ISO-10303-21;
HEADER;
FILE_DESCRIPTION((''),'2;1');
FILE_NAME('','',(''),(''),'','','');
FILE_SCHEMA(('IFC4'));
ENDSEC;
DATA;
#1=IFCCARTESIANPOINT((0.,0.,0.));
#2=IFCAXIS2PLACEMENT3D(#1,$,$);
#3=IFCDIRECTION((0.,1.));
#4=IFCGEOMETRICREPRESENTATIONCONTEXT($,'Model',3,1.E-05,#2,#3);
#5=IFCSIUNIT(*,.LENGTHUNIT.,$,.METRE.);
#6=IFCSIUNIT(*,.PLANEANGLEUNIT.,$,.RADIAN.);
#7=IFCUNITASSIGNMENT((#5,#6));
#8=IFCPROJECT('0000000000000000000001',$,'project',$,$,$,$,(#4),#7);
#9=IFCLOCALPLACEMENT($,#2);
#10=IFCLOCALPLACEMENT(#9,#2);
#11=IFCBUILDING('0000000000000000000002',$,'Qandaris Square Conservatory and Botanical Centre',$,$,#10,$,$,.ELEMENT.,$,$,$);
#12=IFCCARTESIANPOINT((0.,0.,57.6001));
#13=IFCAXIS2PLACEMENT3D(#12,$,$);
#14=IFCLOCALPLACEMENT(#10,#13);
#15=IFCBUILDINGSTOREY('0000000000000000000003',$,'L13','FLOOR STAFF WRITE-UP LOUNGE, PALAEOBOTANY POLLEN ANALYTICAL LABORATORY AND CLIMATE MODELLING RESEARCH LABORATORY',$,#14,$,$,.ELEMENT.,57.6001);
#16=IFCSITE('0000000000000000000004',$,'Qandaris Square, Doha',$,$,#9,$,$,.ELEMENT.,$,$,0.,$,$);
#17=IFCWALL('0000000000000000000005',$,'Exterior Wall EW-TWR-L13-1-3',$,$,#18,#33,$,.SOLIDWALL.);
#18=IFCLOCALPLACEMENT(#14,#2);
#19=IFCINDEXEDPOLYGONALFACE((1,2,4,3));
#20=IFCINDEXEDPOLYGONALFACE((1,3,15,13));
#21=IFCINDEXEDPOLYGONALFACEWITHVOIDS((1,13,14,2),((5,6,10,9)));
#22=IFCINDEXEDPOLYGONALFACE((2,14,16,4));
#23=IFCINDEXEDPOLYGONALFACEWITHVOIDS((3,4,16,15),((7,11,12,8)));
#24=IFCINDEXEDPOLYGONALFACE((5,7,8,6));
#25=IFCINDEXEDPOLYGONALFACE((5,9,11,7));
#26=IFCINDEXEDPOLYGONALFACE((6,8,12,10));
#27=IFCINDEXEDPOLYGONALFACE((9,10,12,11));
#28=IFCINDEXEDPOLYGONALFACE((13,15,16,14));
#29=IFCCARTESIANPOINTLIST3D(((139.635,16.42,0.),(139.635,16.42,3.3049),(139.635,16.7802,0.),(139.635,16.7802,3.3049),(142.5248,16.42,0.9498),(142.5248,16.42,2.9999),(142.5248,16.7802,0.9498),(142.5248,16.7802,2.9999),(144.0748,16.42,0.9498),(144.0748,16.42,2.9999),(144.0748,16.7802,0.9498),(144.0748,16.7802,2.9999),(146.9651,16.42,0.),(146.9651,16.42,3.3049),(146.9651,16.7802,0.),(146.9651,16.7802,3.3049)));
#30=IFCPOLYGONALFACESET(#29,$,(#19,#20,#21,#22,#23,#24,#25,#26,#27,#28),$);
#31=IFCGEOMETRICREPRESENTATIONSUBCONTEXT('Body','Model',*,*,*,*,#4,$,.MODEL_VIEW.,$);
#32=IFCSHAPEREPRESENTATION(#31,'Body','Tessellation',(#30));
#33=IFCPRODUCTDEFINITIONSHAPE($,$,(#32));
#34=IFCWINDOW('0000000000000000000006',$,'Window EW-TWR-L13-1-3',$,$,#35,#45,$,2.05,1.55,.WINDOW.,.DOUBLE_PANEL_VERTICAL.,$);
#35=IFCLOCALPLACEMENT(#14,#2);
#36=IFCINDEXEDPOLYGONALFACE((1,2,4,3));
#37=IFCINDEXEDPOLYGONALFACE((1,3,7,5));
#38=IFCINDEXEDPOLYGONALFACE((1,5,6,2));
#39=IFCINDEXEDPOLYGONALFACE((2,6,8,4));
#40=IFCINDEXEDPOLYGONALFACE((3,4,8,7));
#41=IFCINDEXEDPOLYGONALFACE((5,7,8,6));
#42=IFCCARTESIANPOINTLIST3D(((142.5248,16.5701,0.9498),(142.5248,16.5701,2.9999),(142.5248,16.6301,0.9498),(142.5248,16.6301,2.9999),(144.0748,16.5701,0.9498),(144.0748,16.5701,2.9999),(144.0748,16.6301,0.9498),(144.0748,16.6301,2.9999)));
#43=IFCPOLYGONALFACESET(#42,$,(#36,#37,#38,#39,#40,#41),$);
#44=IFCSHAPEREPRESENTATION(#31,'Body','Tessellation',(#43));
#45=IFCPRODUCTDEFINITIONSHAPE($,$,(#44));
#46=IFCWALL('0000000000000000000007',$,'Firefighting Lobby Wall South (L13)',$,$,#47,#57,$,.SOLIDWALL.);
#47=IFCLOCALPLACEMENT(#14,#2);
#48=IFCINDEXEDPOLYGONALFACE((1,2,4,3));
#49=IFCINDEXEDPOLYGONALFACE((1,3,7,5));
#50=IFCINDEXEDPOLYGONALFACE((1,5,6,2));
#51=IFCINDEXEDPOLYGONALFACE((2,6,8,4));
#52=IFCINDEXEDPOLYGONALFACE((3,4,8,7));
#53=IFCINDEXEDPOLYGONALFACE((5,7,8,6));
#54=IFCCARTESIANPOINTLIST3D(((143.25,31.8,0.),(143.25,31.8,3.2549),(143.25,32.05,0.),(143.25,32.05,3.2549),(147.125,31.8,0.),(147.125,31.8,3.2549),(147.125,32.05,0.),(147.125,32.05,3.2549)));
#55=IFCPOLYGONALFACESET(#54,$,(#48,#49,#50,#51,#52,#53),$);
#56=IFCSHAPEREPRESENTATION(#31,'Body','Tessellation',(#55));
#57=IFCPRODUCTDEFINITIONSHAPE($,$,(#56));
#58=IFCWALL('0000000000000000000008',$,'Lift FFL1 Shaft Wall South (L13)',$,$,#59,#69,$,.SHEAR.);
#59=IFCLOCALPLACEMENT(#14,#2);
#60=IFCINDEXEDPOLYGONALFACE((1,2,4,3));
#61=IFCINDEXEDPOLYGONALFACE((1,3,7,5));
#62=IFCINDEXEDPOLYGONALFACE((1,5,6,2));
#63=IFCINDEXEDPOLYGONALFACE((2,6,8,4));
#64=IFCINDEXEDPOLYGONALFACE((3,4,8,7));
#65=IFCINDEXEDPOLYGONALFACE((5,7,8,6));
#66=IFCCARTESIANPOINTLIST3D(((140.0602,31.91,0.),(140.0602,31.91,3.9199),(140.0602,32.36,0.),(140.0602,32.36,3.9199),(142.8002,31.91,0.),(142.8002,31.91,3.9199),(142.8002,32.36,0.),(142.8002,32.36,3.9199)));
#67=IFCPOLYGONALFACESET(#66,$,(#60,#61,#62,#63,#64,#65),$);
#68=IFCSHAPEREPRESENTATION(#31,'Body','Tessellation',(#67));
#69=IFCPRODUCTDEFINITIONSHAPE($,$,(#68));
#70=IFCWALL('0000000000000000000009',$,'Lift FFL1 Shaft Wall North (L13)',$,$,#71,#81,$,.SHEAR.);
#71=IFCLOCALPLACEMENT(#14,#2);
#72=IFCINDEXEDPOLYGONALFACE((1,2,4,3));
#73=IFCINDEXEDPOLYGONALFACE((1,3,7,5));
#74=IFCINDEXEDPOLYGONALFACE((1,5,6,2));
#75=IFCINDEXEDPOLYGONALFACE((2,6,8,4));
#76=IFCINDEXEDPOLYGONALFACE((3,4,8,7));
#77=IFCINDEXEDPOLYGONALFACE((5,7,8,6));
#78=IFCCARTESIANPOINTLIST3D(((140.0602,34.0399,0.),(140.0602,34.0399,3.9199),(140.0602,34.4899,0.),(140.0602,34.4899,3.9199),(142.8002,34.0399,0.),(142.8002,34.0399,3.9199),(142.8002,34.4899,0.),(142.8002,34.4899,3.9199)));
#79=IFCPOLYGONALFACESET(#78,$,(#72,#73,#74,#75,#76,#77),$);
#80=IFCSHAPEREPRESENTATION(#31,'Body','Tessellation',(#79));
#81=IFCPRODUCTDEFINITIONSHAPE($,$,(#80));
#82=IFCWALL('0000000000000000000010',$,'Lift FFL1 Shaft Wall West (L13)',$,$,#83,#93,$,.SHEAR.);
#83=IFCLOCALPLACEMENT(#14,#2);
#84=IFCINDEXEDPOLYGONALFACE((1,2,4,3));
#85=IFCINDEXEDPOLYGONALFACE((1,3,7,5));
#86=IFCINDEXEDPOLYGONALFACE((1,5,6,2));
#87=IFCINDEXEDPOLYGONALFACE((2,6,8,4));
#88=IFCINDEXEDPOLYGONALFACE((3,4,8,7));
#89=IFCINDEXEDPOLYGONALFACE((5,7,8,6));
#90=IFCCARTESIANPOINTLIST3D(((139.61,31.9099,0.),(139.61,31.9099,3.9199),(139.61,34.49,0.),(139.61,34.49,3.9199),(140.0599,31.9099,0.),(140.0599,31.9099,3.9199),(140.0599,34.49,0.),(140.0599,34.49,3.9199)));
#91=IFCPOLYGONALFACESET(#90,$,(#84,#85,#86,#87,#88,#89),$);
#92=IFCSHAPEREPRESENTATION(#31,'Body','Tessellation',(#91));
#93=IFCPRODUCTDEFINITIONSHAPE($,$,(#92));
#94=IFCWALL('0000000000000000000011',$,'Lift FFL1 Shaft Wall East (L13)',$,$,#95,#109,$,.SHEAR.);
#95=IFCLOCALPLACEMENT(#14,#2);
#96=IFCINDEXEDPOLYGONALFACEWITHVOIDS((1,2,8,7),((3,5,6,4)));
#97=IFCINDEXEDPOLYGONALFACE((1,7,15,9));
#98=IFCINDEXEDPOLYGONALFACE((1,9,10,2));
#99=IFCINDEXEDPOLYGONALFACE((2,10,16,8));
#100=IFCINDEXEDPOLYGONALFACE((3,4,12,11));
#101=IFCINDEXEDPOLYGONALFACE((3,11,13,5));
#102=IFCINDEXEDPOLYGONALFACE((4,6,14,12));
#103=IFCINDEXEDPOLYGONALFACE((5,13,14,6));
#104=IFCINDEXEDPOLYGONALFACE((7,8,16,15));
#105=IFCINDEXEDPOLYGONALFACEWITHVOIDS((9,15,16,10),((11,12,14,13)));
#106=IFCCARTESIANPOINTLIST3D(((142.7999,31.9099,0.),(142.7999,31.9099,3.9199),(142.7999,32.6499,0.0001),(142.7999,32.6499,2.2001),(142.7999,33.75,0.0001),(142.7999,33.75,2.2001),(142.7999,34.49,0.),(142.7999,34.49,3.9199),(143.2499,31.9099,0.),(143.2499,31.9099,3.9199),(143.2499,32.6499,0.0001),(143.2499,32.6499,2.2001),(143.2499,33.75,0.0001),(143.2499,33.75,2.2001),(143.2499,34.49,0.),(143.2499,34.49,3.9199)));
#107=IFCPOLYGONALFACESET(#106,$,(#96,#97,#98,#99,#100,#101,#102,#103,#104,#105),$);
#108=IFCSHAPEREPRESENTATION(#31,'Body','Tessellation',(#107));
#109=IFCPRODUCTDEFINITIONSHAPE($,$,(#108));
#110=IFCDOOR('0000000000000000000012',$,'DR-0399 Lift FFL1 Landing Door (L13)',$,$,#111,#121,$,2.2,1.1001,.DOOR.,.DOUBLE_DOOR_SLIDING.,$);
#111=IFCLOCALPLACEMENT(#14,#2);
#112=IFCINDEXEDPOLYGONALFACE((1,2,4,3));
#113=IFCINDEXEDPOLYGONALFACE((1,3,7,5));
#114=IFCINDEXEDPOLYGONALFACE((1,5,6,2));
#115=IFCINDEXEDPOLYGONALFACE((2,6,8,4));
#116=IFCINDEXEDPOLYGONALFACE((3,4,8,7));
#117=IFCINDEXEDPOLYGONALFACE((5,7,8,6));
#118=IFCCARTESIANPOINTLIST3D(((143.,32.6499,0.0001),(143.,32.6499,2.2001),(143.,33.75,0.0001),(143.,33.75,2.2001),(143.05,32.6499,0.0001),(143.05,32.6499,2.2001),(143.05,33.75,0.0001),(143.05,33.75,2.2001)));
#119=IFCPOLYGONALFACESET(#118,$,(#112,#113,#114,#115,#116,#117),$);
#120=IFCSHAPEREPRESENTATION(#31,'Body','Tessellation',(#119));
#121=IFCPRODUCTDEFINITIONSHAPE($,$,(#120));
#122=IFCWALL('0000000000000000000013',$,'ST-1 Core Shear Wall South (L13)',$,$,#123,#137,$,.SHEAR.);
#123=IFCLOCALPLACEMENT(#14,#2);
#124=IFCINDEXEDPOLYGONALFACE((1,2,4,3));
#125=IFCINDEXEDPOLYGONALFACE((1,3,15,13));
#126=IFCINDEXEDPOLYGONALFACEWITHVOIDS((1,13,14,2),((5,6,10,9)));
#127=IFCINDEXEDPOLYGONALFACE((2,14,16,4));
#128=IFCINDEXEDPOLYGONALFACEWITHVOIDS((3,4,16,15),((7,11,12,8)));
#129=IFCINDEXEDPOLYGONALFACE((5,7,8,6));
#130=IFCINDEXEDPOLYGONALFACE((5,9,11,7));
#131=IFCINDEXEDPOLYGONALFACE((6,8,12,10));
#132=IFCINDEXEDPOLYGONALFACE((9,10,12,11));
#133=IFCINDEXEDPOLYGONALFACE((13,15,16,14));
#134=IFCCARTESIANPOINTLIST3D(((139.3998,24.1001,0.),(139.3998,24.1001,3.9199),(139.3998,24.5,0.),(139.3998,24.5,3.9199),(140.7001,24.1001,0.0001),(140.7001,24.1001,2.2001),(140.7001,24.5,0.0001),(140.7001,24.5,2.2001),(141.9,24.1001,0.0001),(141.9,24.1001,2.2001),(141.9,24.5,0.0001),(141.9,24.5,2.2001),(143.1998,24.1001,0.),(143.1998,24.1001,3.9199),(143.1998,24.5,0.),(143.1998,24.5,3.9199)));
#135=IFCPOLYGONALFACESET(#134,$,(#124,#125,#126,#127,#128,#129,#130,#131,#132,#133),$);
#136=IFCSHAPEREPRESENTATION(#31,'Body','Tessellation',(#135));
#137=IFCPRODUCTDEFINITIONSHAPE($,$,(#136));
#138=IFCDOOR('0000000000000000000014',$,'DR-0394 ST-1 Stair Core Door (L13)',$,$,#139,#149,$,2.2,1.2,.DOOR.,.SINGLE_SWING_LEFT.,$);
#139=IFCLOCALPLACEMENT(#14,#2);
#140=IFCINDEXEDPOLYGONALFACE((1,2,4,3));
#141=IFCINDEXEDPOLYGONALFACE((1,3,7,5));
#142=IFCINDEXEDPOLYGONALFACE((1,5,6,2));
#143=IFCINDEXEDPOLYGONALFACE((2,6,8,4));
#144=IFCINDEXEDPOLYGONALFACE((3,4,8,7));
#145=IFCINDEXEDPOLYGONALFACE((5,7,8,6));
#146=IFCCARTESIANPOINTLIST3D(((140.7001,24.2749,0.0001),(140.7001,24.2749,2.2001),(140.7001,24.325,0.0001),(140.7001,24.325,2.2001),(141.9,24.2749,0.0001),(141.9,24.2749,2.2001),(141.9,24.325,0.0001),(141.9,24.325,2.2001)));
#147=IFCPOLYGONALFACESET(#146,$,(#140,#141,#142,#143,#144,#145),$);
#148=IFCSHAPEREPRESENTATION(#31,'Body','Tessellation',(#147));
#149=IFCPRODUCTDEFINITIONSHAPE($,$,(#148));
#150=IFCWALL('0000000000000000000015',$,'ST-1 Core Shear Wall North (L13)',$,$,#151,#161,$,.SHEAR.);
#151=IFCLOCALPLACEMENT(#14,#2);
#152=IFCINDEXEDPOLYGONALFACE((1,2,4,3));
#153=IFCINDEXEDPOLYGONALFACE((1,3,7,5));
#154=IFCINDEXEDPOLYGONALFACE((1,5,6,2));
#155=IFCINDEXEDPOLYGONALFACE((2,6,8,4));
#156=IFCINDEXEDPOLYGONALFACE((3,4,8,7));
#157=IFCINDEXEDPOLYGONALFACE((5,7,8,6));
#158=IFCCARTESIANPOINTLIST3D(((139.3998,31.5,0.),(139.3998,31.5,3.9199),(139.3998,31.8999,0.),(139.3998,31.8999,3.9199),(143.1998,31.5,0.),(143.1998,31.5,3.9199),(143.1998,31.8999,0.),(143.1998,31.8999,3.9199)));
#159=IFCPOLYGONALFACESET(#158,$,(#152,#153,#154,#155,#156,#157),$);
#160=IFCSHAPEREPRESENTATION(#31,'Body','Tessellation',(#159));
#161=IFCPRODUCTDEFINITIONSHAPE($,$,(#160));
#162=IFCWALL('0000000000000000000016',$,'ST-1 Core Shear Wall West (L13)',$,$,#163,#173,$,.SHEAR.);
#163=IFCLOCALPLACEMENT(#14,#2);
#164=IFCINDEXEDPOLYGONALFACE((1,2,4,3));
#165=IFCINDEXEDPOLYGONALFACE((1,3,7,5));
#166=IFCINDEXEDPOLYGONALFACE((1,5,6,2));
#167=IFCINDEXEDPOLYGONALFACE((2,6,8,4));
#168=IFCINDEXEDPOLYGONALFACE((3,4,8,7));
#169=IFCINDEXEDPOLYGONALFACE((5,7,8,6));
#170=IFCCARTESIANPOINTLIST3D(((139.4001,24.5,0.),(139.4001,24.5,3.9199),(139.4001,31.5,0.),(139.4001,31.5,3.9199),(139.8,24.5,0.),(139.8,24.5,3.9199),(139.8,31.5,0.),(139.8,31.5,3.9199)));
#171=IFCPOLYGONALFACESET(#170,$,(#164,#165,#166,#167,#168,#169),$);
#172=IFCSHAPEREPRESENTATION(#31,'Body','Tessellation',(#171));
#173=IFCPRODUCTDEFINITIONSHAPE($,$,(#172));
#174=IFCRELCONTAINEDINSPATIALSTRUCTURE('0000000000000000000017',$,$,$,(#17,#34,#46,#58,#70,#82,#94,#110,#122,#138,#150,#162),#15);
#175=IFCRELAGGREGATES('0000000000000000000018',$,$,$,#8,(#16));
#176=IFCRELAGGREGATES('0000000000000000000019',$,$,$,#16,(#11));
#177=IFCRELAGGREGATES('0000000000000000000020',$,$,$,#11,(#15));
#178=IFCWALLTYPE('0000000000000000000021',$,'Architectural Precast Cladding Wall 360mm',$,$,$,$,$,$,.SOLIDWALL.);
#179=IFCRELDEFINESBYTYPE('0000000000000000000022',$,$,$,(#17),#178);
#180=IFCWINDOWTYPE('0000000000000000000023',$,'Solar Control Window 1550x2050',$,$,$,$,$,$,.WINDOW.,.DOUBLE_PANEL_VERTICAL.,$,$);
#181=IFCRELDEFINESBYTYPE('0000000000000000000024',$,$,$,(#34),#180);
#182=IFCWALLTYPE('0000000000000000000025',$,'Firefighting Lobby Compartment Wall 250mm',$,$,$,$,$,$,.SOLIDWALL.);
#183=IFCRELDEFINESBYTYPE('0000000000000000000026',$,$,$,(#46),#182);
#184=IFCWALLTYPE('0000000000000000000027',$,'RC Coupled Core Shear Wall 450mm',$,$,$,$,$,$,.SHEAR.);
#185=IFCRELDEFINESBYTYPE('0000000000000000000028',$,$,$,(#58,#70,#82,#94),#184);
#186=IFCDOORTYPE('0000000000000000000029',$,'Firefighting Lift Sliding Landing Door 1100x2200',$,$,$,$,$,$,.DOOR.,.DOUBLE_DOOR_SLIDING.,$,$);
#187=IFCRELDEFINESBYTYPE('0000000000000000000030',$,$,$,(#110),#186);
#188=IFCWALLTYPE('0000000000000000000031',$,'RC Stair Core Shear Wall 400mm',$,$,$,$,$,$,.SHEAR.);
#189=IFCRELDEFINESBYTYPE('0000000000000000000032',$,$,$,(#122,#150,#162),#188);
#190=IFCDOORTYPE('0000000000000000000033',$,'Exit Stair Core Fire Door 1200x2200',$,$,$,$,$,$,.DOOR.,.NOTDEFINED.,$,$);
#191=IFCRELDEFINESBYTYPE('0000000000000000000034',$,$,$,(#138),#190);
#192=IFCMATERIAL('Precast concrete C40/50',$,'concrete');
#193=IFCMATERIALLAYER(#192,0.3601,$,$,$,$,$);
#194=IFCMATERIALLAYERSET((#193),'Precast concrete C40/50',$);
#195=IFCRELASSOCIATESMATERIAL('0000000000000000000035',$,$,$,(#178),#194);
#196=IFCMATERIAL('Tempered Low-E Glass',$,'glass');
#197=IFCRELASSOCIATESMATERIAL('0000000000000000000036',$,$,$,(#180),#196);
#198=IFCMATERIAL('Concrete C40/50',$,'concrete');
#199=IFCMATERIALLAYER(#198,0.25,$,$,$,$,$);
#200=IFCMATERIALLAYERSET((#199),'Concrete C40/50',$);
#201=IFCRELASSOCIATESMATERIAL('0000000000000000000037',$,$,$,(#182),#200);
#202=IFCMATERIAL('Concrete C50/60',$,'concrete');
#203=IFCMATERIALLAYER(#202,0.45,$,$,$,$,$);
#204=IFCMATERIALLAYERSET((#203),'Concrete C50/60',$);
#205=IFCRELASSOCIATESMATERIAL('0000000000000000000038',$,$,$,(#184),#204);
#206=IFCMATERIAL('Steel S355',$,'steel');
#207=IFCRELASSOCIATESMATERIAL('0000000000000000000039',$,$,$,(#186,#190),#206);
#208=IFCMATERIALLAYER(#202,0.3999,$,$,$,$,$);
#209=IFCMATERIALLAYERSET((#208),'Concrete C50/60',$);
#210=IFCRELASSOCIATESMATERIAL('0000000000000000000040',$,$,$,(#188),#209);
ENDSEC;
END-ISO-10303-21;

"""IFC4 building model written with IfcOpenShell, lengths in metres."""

from ifc_helpers import new_model, si_unit, direction, frame, frame_2d, origin, place, context, subcontext, project, spatial, rectangle, extrude, material, layer, layer_set, type_object, element, fill, save


model = new_model("IFC4")

# Units and contexts
model_context = context("Model", 3, precision=1e-05, world=origin(), true_north=direction((0.0, 1.0)))
body_context = subcontext(model_context, "Body", "Model", "MODEL_VIEW")
ifc_project = project(units=[si_unit("LENGTHUNIT", "METRE"), si_unit("PLANEANGLEUNIT", "RADIAN")], contexts=[model_context])

# Site, building, storey
site_placement = place(None, origin())
site = spatial("IfcSite", under=ifc_project, at=site_placement, Name="Qandaris Square, Doha", CompositionType="ELEMENT", RefElevation=0.0)
building_placement = place(site_placement, origin())
building = spatial("IfcBuilding", under=site, at=building_placement, Name="Qandaris Square Conservatory and Botanical Centre", CompositionType="ELEMENT")
storey_placement = place(building_placement, frame((0.0, 0.0, 57.6001)))
storey = spatial("IfcBuildingStorey", under=building, at=storey_placement, Name="L13", Description="FLOOR STAFF WRITE-UP LOUNGE, PALAEOBOTANY POLLEN ANALYTICAL LABORATORY AND CLIMATE MODELLING RESEARCH LABORATORY", CompositionType="ELEMENT", Elevation=57.6001)

# Shared definitions
ifc_material_1 = material(Name="Steel S355", Category="steel")
ifc_material_2 = material(Name="Concrete C50/60", Category="concrete")

# Wall, opening, window
ifc_material_3 = material(Name="Precast concrete C40/50", Category="concrete")
ifc_layer_1 = layer(ifc_material_3, 0.3601)
ifc_layer_set_1 = layer_set([ifc_layer_1], Name="Precast concrete C40/50")
wall_type_1 = type_object("IfcWallType", Name="Architectural Precast Cladding Wall 360mm", PredefinedType="SOLIDWALL", material=ifc_layer_set_1)
wall_1_placement = place(storey_placement, frame((139.635, 16.6001, 0.0), z_axis=(0.0, 0.0, 1.0), x_axis=(1.0, 0.0, 0.0)))
wall_1 = element("IfcWall", 1, at=wall_1_placement, inside=storey, type_object=wall_type_1, Name="Exterior Wall EW-TWR-L13-1-3", PredefinedType="SOLIDWALL", context=body_context, shape_type="SweptSolid", body=[
    extrude(rectangle(XDim=7.3301, YDim=0.3601, at=frame_2d((3.665, 0.0))), origin(), (0.0, 0.0, 1.0), 3.3049),
])
opening_1_placement = place(wall_1_placement, frame((2.8899, 0.0, 0.95)))
opening_1 = element("IfcOpeningElement", 2, at=opening_1_placement, cuts=wall_1, PredefinedType="OPENING", context=body_context, shape_type="SweptSolid", body=[
    extrude(rectangle(XDim=1.55, YDim=2.05, at=frame_2d((0.7749, 1.0249))), frame((0.0, 0.1919, 0.0), z_axis=(0.0, -1.0, 0.0), x_axis=(1.0, 0.0, 0.0)), (0.0, 0.0, 1.0), 0.384),
])
ifc_material_4 = material(Name="Tempered Low-E Glass", Category="glass")
window_type = type_object("IfcWindowType", Name="Solar Control Window 1550x2050", PartitioningType="DOUBLE_PANEL_VERTICAL", PredefinedType="WINDOW", material=ifc_material_4)
window_placement = place(opening_1_placement, origin())
window = element("IfcWindow", 3, at=window_placement, inside=storey, type_object=window_type, Name="Window EW-TWR-L13-1-3", OverallHeight=2.05, OverallWidth=1.55, PartitioningType="DOUBLE_PANEL_VERTICAL", PredefinedType="WINDOW", context=body_context, shape_type="SweptSolid", body=[
    extrude(rectangle(XDim=1.55, YDim=2.05, at=frame_2d((0.7749, 1.0249))), frame((0.0, 0.03, 0.0), z_axis=(0.0, -1.0, 0.0), x_axis=(1.0, 0.0, 0.0)), (0.0, 0.0, 1.0), 0.0601),
])
fill(opening_1, window)

# Walls
ifc_material_5 = material(Name="Concrete C40/50", Category="concrete")
ifc_layer_2 = layer(ifc_material_5, 0.25)
ifc_layer_set_2 = layer_set([ifc_layer_2], Name="Concrete C40/50")
wall_type_2 = type_object("IfcWallType", Name="Firefighting Lobby Compartment Wall 250mm", PredefinedType="SOLIDWALL", material=ifc_layer_set_2)
wall_2_placement = place(storey_placement, frame((143.25, 31.925, 0.0), z_axis=(0.0, 0.0, 1.0), x_axis=(1.0, 0.0, 0.0)))
element("IfcWall", 4, at=wall_2_placement, inside=storey, type_object=wall_type_2, Name="Firefighting Lobby Wall South (L13)", PredefinedType="SOLIDWALL", context=body_context, shape_type="SweptSolid", body=[
    extrude(rectangle(XDim=3.875, YDim=0.25, at=frame_2d((1.9375, 0.0))), origin(), (0.0, 0.0, 1.0), 3.2549),
])
ifc_layer_3 = layer(ifc_material_2, 0.45)
ifc_layer_set_3 = layer_set([ifc_layer_3], Name="Concrete C50/60")
wall_type_3 = type_object("IfcWallType", Name="RC Coupled Core Shear Wall 450mm", PredefinedType="SHEAR", material=ifc_layer_set_3)
for number, where, z_axis, x_axis, name in (
    (5, (140.0601, 32.135, 0.0), (0.0, 0.0, 1.0), (1.0, 0.0, 0.0), "Lift FFL1 Shaft Wall South (L13)"),
    (6, (140.0601, 34.2649, 0.0), (0.0, 0.0, 1.0), (1.0, 0.0, 0.0), "Lift FFL1 Shaft Wall North (L13)"),
):
    element("IfcWall", number, at=place(storey_placement, frame(where, z_axis=z_axis, x_axis=x_axis)), inside=storey, type_object=wall_type_3, Name=name, PredefinedType="SHEAR", context=body_context, shape_type="SweptSolid", body=[
        extrude(rectangle(XDim=2.74, YDim=0.45, at=frame_2d((1.3701, 0.0))), origin(), (0.0, 0.0, 1.0), 3.9199),
    ])
wall_3_placement = place(storey_placement, frame((139.835, 31.9099, 0.0), z_axis=(0.0, 0.0, 1.0), x_axis=(0.0, 1.0, 0.0)))
element("IfcWall", 7, at=wall_3_placement, inside=storey, type_object=wall_type_3, Name="Lift FFL1 Shaft Wall West (L13)", PredefinedType="SHEAR", context=body_context, shape_type="SweptSolid", body=[
    extrude(rectangle(XDim=2.5801, YDim=0.45, at=frame_2d((1.29, 0.0))), origin(), (0.0, 0.0, 1.0), 3.9199),
])

# Walls, openings, doors
wall_4_placement = place(storey_placement, frame((143.0249, 31.9099, 0.0), z_axis=(0.0, 0.0, 1.0), x_axis=(0.0, 1.0, 0.0)))
wall_4 = element("IfcWall", 8, at=wall_4_placement, inside=storey, type_object=wall_type_3, Name="Lift FFL1 Shaft Wall East (L13)", PredefinedType="SHEAR", context=body_context, shape_type="SweptSolid", body=[
    extrude(rectangle(XDim=2.5801, YDim=0.45, at=frame_2d((1.29, 0.0))), origin(), (0.0, 0.0, 1.0), 3.9199),
])
opening_2_placement = place(wall_4_placement, frame((0.74, 0.0, 0.0)))
opening_2 = element("IfcOpeningElement", 9, at=opening_2_placement, cuts=wall_4, PredefinedType="OPENING", context=body_context, shape_type="SweptSolid", body=[
    extrude(rectangle(XDim=1.1001, YDim=2.2, at=frame_2d((0.55, 1.1001))), frame((0.0, 0.2368, 0.0), z_axis=(0.0, -1.0, 0.0), x_axis=(1.0, 0.0, 0.0)), (0.0, 0.0, 1.0), 0.4739),
])
door_type_1 = type_object("IfcDoorType", Name="Firefighting Lift Sliding Landing Door 1100x2200", OperationType="DOUBLE_DOOR_SLIDING", PredefinedType="DOOR", material=ifc_material_1)
door_1_placement = place(opening_2_placement, origin())
door_1 = element("IfcDoor", 10, at=door_1_placement, inside=storey, type_object=door_type_1, Name="DR-0399 Lift FFL1 Landing Door (L13)", OperationType="DOUBLE_DOOR_SLIDING", OverallHeight=2.2, OverallWidth=1.1001, PredefinedType="DOOR", context=body_context, shape_type="SweptSolid", body=[
    extrude(rectangle(XDim=1.1001, YDim=2.2, at=frame_2d((0.55, 1.1001))), frame((0.0, 0.0249, 0.0), z_axis=(0.0, -1.0, 0.0), x_axis=(1.0, 0.0, 0.0)), (0.0, 0.0, 1.0), 0.05),
])
fill(opening_2, door_1)
ifc_layer_4 = layer(ifc_material_2, 0.3999)
ifc_layer_set_4 = layer_set([ifc_layer_4], Name="Concrete C50/60")
wall_type_4 = type_object("IfcWallType", Name="RC Stair Core Shear Wall 400mm", PredefinedType="SHEAR", material=ifc_layer_set_4)
wall_5_placement = place(storey_placement, frame((139.3999, 24.3, 0.0), z_axis=(0.0, 0.0, 1.0), x_axis=(1.0, 0.0, 0.0)))
wall_5 = element("IfcWall", 11, at=wall_5_placement, inside=storey, type_object=wall_type_4, Name="ST-1 Core Shear Wall South (L13)", PredefinedType="SHEAR", context=body_context, shape_type="SweptSolid", body=[
    extrude(rectangle(XDim=3.8, YDim=0.3999, at=frame_2d((1.8999, 0.0))), origin(), (0.0, 0.0, 1.0), 3.9199),
])
opening_3_placement = place(wall_5_placement, frame((1.3, 0.0, 0.0)))
opening_3 = element("IfcOpeningElement", 12, at=opening_3_placement, cuts=wall_5, PredefinedType="OPENING", context=body_context, shape_type="SweptSolid", body=[
    extrude(rectangle(XDim=1.2, YDim=2.2, at=frame_2d((0.6001, 1.1001))), frame((0.0, 0.2119, 0.0), z_axis=(0.0, -1.0, 0.0), x_axis=(1.0, 0.0, 0.0)), (0.0, 0.0, 1.0), 0.4238),
])
door_type_2 = type_object("IfcDoorType", Name="Exit Stair Core Fire Door 1200x2200", OperationType="NOTDEFINED", PredefinedType="DOOR", material=ifc_material_1)
door_2_placement = place(opening_3_placement, origin())
door_2 = element("IfcDoor", 13, at=door_2_placement, inside=storey, type_object=door_type_2, Name="DR-0394 ST-1 Stair Core Door (L13)", OperationType="SINGLE_SWING_LEFT", OverallHeight=2.2, OverallWidth=1.2, PredefinedType="DOOR", context=body_context, shape_type="SweptSolid", body=[
    extrude(rectangle(XDim=1.2, YDim=2.2, at=frame_2d((0.6001, 1.1001))), frame((0.0, 0.0249, 0.0), z_axis=(0.0, -1.0, 0.0), x_axis=(1.0, 0.0, 0.0)), (0.0, 0.0, 1.0), 0.05),
])
fill(opening_3, door_2)

# Walls
wall_6_placement = place(storey_placement, frame((139.3999, 31.7, 0.0), z_axis=(0.0, 0.0, 1.0), x_axis=(1.0, 0.0, 0.0)))
element("IfcWall", 14, at=wall_6_placement, inside=storey, type_object=wall_type_4, Name="ST-1 Core Shear Wall North (L13)", PredefinedType="SHEAR", context=body_context, shape_type="SweptSolid", body=[
    extrude(rectangle(XDim=3.8, YDim=0.3999, at=frame_2d((1.8999, 0.0))), origin(), (0.0, 0.0, 1.0), 3.9199),
])
for number, where, z_axis, x_axis, name in (
    (15, (139.6001, 24.5, 0.0), (0.0, 0.0, 1.0), (0.0, 1.0, 0.0), "ST-1 Core Shear Wall West (L13)"),
):
    element("IfcWall", number, at=place(storey_placement, frame(where, z_axis=z_axis, x_axis=x_axis)), inside=storey, type_object=wall_type_4, Name=name, PredefinedType="SHEAR", context=body_context, shape_type="SweptSolid", body=[
        extrude(rectangle(XDim=7.0, YDim=0.3999, at=frame_2d((3.5, 0.0))), origin(), (0.0, 0.0, 1.0), 3.9199),
    ])

save(model, "model.ifc")
